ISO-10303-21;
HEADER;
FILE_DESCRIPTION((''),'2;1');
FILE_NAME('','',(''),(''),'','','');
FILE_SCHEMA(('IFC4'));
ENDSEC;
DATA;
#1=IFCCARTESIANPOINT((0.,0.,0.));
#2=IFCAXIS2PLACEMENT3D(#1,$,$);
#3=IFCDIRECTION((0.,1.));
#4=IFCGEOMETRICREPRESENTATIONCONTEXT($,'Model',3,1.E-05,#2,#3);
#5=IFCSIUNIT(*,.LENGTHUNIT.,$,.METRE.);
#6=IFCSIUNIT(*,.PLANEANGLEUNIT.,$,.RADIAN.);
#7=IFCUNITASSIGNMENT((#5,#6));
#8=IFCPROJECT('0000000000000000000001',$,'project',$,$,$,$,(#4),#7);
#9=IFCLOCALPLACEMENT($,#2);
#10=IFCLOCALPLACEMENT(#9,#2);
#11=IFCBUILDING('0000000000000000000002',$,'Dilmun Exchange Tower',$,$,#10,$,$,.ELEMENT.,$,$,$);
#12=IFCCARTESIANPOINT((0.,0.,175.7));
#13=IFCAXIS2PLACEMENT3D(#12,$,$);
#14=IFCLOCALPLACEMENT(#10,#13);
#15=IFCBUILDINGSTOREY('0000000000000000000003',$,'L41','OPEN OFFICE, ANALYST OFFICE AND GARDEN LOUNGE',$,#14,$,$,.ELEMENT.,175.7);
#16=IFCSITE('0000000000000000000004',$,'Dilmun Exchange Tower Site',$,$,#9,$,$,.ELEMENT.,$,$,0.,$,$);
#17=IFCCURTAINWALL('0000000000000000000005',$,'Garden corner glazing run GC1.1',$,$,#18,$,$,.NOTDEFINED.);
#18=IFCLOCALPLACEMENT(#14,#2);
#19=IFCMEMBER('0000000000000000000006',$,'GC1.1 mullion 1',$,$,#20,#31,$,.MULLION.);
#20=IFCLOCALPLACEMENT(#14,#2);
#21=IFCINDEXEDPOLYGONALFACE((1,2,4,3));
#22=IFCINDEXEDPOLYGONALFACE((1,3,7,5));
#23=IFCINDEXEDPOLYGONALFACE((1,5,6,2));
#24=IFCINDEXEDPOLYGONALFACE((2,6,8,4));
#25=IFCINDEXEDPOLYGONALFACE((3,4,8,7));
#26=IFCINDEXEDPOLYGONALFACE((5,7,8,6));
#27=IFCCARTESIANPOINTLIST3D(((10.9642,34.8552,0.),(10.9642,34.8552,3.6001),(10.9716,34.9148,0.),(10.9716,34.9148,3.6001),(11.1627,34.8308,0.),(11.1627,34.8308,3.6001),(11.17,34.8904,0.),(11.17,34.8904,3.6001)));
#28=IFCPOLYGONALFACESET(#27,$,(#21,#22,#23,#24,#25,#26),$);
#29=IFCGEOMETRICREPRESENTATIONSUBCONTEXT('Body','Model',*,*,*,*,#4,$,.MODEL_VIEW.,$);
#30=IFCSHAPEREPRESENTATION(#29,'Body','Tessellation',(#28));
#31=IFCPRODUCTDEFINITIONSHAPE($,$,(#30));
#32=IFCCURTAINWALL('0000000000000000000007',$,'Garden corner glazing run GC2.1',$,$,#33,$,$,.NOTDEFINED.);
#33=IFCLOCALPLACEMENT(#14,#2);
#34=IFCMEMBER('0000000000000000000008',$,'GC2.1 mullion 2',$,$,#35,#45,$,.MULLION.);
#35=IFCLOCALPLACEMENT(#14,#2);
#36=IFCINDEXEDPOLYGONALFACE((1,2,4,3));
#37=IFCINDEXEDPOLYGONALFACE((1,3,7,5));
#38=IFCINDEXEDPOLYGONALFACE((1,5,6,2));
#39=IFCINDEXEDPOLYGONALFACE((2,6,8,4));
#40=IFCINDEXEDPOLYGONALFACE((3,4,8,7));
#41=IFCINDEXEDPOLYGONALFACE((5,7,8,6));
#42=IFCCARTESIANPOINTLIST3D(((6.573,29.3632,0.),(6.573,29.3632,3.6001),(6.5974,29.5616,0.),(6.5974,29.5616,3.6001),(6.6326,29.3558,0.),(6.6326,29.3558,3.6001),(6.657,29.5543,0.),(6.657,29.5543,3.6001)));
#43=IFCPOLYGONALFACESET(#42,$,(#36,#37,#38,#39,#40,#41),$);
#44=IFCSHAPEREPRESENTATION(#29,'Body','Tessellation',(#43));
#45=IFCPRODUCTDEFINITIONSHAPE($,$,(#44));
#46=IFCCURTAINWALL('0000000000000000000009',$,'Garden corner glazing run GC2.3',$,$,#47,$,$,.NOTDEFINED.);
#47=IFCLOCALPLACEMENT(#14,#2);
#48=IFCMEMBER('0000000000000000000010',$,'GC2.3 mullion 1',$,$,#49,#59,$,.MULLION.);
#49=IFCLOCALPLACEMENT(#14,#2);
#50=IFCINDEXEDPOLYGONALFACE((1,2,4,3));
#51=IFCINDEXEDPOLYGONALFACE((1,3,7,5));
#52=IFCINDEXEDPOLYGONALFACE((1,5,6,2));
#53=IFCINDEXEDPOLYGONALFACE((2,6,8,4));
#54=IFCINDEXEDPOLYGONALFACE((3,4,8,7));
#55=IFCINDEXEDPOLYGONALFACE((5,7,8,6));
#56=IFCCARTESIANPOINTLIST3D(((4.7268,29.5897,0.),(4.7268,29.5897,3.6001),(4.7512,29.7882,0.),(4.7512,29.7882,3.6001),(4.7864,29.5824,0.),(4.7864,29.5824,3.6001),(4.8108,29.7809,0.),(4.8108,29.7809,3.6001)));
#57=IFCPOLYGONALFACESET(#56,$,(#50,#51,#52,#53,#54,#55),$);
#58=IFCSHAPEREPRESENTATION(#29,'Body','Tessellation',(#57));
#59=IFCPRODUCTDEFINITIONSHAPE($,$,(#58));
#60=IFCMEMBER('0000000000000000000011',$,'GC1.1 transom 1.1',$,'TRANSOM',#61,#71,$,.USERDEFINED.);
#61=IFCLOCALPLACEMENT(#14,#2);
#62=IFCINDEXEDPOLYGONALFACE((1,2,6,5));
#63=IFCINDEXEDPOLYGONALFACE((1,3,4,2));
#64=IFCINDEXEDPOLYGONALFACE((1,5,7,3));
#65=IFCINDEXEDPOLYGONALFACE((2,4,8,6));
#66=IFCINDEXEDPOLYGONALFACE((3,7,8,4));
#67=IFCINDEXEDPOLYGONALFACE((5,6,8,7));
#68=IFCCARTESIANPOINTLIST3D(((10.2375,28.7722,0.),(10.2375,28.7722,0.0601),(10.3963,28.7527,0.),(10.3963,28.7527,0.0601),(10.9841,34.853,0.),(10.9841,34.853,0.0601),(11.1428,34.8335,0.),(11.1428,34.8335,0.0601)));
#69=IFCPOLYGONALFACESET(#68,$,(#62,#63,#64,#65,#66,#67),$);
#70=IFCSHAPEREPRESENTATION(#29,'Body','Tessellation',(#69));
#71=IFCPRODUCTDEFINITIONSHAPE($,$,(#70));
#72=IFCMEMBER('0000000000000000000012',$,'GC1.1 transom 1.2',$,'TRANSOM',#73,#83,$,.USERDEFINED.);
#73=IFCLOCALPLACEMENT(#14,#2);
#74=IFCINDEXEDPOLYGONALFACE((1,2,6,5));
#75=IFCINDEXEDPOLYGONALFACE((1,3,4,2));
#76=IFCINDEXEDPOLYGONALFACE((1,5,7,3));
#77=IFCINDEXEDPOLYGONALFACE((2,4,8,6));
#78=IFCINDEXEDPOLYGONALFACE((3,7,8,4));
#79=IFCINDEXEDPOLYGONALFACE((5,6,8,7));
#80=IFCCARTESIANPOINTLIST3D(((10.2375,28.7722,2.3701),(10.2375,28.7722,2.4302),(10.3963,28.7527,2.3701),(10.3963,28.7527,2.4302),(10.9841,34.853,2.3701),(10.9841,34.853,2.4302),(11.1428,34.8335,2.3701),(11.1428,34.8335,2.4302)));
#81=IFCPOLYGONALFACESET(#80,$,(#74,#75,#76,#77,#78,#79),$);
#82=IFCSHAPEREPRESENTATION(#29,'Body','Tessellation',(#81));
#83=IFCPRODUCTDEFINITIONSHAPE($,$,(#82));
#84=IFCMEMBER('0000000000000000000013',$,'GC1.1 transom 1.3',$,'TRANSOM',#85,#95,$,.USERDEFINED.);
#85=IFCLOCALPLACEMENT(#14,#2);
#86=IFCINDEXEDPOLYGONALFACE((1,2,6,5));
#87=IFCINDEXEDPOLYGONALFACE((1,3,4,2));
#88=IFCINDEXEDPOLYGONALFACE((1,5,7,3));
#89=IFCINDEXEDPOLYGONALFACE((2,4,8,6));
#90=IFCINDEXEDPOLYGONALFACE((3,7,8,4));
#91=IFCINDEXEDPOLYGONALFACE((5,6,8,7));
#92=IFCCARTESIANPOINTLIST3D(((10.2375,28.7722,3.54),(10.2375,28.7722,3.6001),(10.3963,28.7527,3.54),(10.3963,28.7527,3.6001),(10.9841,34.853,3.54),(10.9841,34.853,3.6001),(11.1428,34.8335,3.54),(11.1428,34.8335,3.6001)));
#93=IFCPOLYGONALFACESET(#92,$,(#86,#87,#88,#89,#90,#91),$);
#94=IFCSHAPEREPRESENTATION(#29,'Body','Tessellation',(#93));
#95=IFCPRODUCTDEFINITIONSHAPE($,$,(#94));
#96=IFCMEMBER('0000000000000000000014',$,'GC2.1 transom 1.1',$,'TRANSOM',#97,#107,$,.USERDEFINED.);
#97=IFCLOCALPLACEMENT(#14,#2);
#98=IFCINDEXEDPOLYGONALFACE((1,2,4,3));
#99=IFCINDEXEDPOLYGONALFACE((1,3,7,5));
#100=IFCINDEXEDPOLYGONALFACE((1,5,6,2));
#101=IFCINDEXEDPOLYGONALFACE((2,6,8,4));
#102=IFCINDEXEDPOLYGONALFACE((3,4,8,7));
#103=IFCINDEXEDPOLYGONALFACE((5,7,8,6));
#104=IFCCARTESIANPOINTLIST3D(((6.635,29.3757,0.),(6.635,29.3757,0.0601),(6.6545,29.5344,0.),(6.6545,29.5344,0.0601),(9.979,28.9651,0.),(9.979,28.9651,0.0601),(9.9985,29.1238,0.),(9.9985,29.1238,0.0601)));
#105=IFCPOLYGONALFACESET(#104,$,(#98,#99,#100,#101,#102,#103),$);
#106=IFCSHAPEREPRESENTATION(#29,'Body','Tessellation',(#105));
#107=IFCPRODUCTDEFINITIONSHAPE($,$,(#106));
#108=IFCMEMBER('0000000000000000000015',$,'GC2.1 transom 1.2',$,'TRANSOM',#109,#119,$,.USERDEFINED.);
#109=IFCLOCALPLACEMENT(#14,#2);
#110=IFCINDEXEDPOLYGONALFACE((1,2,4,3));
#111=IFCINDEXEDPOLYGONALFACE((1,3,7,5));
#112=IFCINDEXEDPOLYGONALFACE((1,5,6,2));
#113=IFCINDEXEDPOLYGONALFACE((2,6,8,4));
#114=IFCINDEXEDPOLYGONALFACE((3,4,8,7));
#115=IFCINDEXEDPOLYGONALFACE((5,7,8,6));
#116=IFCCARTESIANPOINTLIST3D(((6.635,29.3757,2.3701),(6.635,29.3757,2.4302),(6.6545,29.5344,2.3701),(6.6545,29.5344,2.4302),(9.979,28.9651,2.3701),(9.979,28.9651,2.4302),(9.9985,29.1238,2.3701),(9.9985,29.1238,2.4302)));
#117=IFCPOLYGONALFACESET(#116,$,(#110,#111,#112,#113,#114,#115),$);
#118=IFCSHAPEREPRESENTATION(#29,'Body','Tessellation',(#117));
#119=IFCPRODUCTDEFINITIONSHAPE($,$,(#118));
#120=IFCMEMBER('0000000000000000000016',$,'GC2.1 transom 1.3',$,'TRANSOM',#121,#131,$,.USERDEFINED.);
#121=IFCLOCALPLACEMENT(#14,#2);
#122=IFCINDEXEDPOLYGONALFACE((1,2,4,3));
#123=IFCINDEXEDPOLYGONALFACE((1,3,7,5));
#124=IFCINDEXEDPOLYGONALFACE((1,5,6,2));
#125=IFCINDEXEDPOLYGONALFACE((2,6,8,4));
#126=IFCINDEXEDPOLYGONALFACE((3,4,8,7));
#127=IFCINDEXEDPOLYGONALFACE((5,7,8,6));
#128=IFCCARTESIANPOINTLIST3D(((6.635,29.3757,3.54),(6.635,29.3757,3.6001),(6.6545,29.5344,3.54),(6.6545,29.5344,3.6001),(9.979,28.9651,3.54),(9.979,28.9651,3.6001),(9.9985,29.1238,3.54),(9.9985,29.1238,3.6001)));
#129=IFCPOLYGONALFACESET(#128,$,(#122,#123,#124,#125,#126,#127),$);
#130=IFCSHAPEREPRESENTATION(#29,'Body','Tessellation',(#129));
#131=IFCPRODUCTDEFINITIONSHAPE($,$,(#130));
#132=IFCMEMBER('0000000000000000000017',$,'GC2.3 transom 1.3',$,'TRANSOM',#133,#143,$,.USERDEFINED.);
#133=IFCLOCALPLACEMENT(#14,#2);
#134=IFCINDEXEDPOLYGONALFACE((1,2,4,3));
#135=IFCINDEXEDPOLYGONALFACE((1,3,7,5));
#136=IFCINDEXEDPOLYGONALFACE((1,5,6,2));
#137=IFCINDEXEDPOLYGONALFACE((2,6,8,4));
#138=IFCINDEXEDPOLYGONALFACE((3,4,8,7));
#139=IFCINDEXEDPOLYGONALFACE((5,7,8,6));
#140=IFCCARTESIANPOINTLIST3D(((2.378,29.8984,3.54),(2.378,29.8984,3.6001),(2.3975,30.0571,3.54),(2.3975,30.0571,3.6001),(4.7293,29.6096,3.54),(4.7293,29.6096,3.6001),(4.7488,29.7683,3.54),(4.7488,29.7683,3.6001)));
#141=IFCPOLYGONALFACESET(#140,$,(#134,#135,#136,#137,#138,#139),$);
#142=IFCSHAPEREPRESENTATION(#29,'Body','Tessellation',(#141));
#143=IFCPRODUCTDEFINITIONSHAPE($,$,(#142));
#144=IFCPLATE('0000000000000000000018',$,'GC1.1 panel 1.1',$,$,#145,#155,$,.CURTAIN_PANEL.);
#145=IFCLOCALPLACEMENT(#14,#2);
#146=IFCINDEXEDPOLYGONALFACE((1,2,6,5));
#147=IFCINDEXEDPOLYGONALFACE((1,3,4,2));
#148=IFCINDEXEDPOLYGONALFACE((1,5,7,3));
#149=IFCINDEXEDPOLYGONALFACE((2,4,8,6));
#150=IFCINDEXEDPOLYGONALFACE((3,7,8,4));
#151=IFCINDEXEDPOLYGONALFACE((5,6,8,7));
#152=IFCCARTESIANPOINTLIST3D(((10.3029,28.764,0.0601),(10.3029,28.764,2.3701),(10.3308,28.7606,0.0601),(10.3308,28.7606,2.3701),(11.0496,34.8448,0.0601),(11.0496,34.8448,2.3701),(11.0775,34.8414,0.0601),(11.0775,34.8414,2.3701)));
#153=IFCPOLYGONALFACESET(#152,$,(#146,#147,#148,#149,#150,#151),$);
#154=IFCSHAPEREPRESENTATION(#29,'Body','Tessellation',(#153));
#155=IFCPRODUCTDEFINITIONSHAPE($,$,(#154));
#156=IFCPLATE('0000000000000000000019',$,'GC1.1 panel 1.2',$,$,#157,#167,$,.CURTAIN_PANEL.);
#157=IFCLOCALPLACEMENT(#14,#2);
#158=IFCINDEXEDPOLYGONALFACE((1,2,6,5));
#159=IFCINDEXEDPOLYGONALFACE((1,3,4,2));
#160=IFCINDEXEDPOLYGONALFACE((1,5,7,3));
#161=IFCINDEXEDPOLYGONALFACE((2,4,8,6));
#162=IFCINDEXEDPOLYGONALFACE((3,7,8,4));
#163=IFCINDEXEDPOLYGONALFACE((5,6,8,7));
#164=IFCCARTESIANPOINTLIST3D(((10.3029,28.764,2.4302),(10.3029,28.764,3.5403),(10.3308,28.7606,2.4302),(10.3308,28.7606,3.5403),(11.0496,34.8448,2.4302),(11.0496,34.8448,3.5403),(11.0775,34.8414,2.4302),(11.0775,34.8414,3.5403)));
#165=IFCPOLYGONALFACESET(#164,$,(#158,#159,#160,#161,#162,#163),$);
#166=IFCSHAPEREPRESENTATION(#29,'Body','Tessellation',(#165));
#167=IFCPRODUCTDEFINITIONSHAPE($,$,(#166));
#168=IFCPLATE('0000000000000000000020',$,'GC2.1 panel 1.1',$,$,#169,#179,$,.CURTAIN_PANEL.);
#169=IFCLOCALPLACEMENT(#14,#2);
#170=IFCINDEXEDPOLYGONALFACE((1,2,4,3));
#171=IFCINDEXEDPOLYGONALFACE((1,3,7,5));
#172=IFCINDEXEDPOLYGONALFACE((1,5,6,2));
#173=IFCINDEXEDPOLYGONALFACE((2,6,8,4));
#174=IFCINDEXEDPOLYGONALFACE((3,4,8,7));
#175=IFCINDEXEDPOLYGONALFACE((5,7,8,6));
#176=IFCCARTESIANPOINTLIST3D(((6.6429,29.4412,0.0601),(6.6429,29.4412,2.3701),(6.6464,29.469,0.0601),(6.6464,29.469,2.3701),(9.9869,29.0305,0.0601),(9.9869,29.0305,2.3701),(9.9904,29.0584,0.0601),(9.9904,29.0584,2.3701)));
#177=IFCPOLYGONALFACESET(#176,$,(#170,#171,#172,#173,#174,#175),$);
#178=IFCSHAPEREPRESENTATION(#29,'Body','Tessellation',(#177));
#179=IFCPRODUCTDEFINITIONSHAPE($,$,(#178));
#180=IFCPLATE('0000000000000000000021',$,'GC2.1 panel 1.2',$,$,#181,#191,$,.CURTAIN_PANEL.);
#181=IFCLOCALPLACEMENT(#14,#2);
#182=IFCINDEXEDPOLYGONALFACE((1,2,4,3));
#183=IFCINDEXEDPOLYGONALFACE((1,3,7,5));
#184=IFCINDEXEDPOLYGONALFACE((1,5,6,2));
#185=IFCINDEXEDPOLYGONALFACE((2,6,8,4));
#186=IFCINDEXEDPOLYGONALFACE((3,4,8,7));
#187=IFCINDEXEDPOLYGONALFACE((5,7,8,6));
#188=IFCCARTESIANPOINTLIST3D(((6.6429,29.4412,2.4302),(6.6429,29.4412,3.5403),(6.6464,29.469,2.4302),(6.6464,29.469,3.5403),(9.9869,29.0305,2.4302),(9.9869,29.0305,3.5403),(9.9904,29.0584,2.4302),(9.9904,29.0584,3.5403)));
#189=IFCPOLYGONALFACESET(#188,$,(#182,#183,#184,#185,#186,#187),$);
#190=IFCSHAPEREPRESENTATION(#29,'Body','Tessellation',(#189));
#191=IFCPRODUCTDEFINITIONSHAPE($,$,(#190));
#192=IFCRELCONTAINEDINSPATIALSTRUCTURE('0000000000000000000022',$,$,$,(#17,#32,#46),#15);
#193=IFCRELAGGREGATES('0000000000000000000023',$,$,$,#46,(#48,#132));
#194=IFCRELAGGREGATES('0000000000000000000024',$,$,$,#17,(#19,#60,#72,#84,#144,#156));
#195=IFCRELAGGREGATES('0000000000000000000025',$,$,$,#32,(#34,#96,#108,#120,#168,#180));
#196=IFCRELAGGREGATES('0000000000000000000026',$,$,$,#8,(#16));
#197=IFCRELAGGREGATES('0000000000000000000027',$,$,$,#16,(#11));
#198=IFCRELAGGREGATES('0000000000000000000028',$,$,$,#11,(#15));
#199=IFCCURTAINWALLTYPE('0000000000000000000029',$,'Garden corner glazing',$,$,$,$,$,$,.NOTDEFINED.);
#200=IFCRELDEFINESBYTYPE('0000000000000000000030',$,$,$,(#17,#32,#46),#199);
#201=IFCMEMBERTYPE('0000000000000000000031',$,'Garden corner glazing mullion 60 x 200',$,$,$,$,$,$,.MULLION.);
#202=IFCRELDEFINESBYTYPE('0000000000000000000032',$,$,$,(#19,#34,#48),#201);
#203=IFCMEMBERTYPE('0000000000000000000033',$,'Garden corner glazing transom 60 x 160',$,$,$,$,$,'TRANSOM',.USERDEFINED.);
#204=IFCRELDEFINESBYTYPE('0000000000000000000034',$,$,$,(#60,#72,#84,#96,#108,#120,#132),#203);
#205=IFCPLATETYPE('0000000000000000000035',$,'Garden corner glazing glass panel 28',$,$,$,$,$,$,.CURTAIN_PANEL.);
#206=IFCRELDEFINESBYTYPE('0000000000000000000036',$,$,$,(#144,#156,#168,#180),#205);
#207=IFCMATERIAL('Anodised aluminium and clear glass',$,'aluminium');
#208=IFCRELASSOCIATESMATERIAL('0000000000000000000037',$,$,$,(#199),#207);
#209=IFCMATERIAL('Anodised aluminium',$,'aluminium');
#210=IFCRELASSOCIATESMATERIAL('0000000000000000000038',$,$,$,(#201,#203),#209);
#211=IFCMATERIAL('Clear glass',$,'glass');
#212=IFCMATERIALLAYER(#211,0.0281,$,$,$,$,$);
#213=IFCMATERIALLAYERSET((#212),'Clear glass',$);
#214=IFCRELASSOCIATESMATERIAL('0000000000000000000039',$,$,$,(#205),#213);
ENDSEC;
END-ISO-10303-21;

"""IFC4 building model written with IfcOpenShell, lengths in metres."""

from ifc_helpers import new_model, si_unit, direction, frame, origin, origin_2d, place, context, subcontext, project, spatial, rectangle, extrude, material, layer, layer_set, material_profile, profile_set, type_object, element, aggregate, save


model = new_model("IFC4")

# Units and contexts
model_context = context("Model", 3, precision=1e-05, world=origin(), true_north=direction((0.0, 1.0)))
body_context = subcontext(model_context, "Body", "Model", "MODEL_VIEW")
ifc_project = project(units=[si_unit("LENGTHUNIT", "METRE"), si_unit("PLANEANGLEUNIT", "RADIAN")], contexts=[model_context])

# Site, building, storey
site_placement = place(None, origin())
site = spatial("IfcSite", under=ifc_project, at=site_placement, Name="Dilmun Exchange Tower Site", CompositionType="ELEMENT", RefElevation=0.0)
building_placement = place(site_placement, origin())
building = spatial("IfcBuilding", under=site, at=building_placement, Name="Dilmun Exchange Tower", CompositionType="ELEMENT")
storey_placement = place(building_placement, frame((0.0, 0.0, 175.7)))
storey = spatial("IfcBuildingStorey", under=building, at=storey_placement, Name="L41", Description="OPEN OFFICE, ANALYST OFFICE AND GARDEN LOUNGE", CompositionType="ELEMENT", Elevation=175.7)

# Curtain walls, members
ifc_material_1 = material(Name="Anodised aluminium and clear glass", Category="aluminium")
curtain_wall_type = type_object("IfcCurtainWallType", Name="Garden corner glazing", PredefinedType="NOTDEFINED", material=ifc_material_1)
curtain_wall_1_placement = place(storey_placement, origin())
curtain_wall_1 = element("IfcCurtainWall", 1, at=curtain_wall_1_placement, inside=storey, type_object=curtain_wall_type, Name="Garden corner glazing run GC1.1", PredefinedType="NOTDEFINED")
ifc_material_2 = material(Name="Anodised aluminium", Category="aluminium")
ifc_material_profile_1 = material_profile(ifc_material_2, rectangle(XDim=0.2, YDim=0.0601, at=origin_2d()), Name="AL 60x200")
ifc_profile_set_1 = profile_set([ifc_material_profile_1], Name="Anodised aluminium")
member_type_1 = type_object("IfcMemberType", Name="Garden corner glazing mullion 60 x 200", PredefinedType="MULLION", material=ifc_profile_set_1)
member_1_placement = place(storey_placement, frame((11.0671, 34.8728, 0.0), z_axis=(0.0, 0.0, 1.0), x_axis=(0.992545, -0.121877, 0.0)))
member_1 = element("IfcMember", 2, at=member_1_placement, type_object=member_type_1, Name="GC1.1 mullion 1", PredefinedType="MULLION", context=body_context, shape_type="SweptSolid", body=[
    extrude(rectangle(XDim=0.2, YDim=0.0601, at=origin_2d()), origin(), (0.0, 0.0, 1.0), 3.6001),
])
curtain_wall_2_placement = place(storey_placement, origin())
curtain_wall_2 = element("IfcCurtainWall", 3, at=curtain_wall_2_placement, inside=storey, type_object=curtain_wall_type, Name="Garden corner glazing run GC2.1", PredefinedType="NOTDEFINED")
member_2_placement = place(storey_placement, frame((6.615, 29.4587, 0.0), z_axis=(0.0, 0.0, 1.0), x_axis=(-0.121893, -0.992543, 0.0)))
member_2 = element("IfcMember", 4, at=member_2_placement, type_object=member_type_1, Name="GC2.1 mullion 2", PredefinedType="MULLION", context=body_context, shape_type="SweptSolid", body=[
    extrude(rectangle(XDim=0.2, YDim=0.0601, at=origin_2d()), origin(), (0.0, 0.0, 1.0), 3.6001),
])
curtain_wall_3_placement = place(storey_placement, origin())
curtain_wall_3 = element("IfcCurtainWall", 5, at=curtain_wall_3_placement, inside=storey, type_object=curtain_wall_type, Name="Garden corner glazing run GC2.3", PredefinedType="NOTDEFINED")
member_3_placement = place(storey_placement, frame((4.7688, 29.6853, 0.0), z_axis=(0.0, 0.0, 1.0), x_axis=(-0.121893, -0.992543, 0.0)))
member_3 = element("IfcMember", 6, at=member_3_placement, type_object=member_type_1, Name="GC2.3 mullion 1", PredefinedType="MULLION", context=body_context, shape_type="SweptSolid", body=[
    extrude(rectangle(XDim=0.2, YDim=0.0601, at=origin_2d()), origin(), (0.0, 0.0, 1.0), 3.6001),
])

# Members
ifc_material_profile_2 = material_profile(ifc_material_2, rectangle(XDim=0.1599, YDim=0.0601, at=origin_2d()), Name="AL 60x160")
ifc_profile_set_2 = profile_set([ifc_material_profile_2], Name="Anodised aluminium")
member_type_2 = type_object("IfcMemberType", Name="Garden corner glazing transom 60 x 160", ElementType="TRANSOM", PredefinedType="USERDEFINED", material=ifc_profile_set_2)
member_4_placement = place(storey_placement, frame((11.0635, 34.8433, 0.03), z_axis=(-0.121862, -0.992547, 0.0), x_axis=(0.992547, -0.121862, 0.0)))
member_4 = element("IfcMember", 7, at=member_4_placement, type_object=member_type_2, Name="GC1.1 transom 1.1", ObjectType="TRANSOM", PredefinedType="USERDEFINED", context=body_context, shape_type="SweptSolid", body=[
    extrude(rectangle(XDim=0.1599, YDim=0.0601, at=origin_2d()), origin(), (0.0, 0.0, 1.0), 6.1265),
])
member_5_placement = place(storey_placement, frame((11.0635, 34.8433, 2.4001), z_axis=(-0.121862, -0.992547, 0.0), x_axis=(0.992547, -0.121862, 0.0)))
member_5 = element("IfcMember", 8, at=member_5_placement, type_object=member_type_2, Name="GC1.1 transom 1.2", ObjectType="TRANSOM", PredefinedType="USERDEFINED", context=body_context, shape_type="SweptSolid", body=[
    extrude(rectangle(XDim=0.1599, YDim=0.0601, at=origin_2d()), origin(), (0.0, 0.0, 1.0), 6.1265),
])
member_6_placement = place(storey_placement, frame((11.0635, 34.8433, 3.5701), z_axis=(-0.121862, -0.992547, 0.0), x_axis=(0.992547, -0.121862, 0.0)))
member_6 = element("IfcMember", 9, at=member_6_placement, type_object=member_type_2, Name="GC1.1 transom 1.3", ObjectType="TRANSOM", PredefinedType="USERDEFINED", context=body_context, shape_type="SweptSolid", body=[
    extrude(rectangle(XDim=0.1599, YDim=0.0601, at=origin_2d()), origin(), (0.0, 0.0, 1.0), 6.1265),
])
member_7_placement = place(storey_placement, frame((9.9888, 29.0444, 0.03), z_axis=(-0.992544, 0.121885, 0.0), x_axis=(-0.121885, -0.992544, 0.0)))
member_7 = element("IfcMember", 10, at=member_7_placement, type_object=member_type_2, Name="GC2.1 transom 1.1", ObjectType="TRANSOM", PredefinedType="USERDEFINED", context=body_context, shape_type="SweptSolid", body=[
    extrude(rectangle(XDim=0.1599, YDim=0.0601, at=origin_2d()), origin(), (0.0, 0.0, 1.0), 3.3691),
])
member_8_placement = place(storey_placement, frame((9.9888, 29.0444, 2.4001), z_axis=(-0.992544, 0.121885, 0.0), x_axis=(-0.121885, -0.992544, 0.0)))
member_8 = element("IfcMember", 11, at=member_8_placement, type_object=member_type_2, Name="GC2.1 transom 1.2", ObjectType="TRANSOM", PredefinedType="USERDEFINED", context=body_context, shape_type="SweptSolid", body=[
    extrude(rectangle(XDim=0.1599, YDim=0.0601, at=origin_2d()), origin(), (0.0, 0.0, 1.0), 3.3691),
])
member_9_placement = place(storey_placement, frame((9.9888, 29.0444, 3.5701), z_axis=(-0.992544, 0.121885, 0.0), x_axis=(-0.121885, -0.992544, 0.0)))
member_9 = element("IfcMember", 12, at=member_9_placement, type_object=member_type_2, Name="GC2.1 transom 1.3", ObjectType="TRANSOM", PredefinedType="USERDEFINED", context=body_context, shape_type="SweptSolid", body=[
    extrude(rectangle(XDim=0.1599, YDim=0.0601, at=origin_2d()), origin(), (0.0, 0.0, 1.0), 3.3691),
])
member_10_placement = place(storey_placement, frame((4.739, 29.689, 3.5701), z_axis=(-0.99254, 0.121916, 0.0), x_axis=(-0.121916, -0.99254, 0.0)))
member_10 = element("IfcMember", 13, at=member_10_placement, type_object=member_type_2, Name="GC2.3 transom 1.3", ObjectType="TRANSOM", PredefinedType="USERDEFINED", context=body_context, shape_type="SweptSolid", body=[
    extrude(rectangle(XDim=0.1599, YDim=0.0601, at=origin_2d()), origin(), (0.0, 0.0, 1.0), 2.3689),
])
aggregate(curtain_wall_3, [member_3, member_10])

# Plates
ifc_material_3 = material(Name="Clear glass", Category="glass")
ifc_layer_1 = layer(ifc_material_3, 0.0281)
ifc_layer_set_1 = layer_set([ifc_layer_1], Name="Clear glass")
plate_type = type_object("IfcPlateType", Name="Garden corner glazing glass panel 28", PredefinedType="CURTAIN_PANEL", material=ifc_layer_set_1)
plate_1_placement = place(storey_placement, frame((10.6902, 31.8027, 0.0601), z_axis=(0.0, 0.0, 1.0), x_axis=(-0.121877, -0.992545, 0.0)))
plate_1 = element("IfcPlate", 14, at=plate_1_placement, type_object=plate_type, Name="GC1.1 panel 1.1", PredefinedType="CURTAIN_PANEL", context=body_context, shape_type="SweptSolid", body=[
    extrude(rectangle(XDim=6.1265, YDim=0.0281, at=origin_2d()), origin(), (0.0, 0.0, 1.0), 2.3101),
])
plate_2_placement = place(storey_placement, frame((10.6902, 31.8027, 2.4302), z_axis=(0.0, 0.0, 1.0), x_axis=(-0.121877, -0.992545, 0.0)))
plate_2 = element("IfcPlate", 15, at=plate_2_placement, type_object=plate_type, Name="GC1.1 panel 1.2", PredefinedType="CURTAIN_PANEL", context=body_context, shape_type="SweptSolid", body=[
    extrude(rectangle(XDim=6.1265, YDim=0.0281, at=origin_2d()), origin(), (0.0, 0.0, 1.0), 1.1101),
])
aggregate(curtain_wall_1, [member_1, member_4, member_5, member_6, plate_1, plate_2])
plate_3_placement = place(storey_placement, frame((8.3167, 29.2498, 0.0601), z_axis=(0.0, 0.0, 1.0), x_axis=(-0.992543, 0.121893, 0.0)))
plate_3 = element("IfcPlate", 16, at=plate_3_placement, type_object=plate_type, Name="GC2.1 panel 1.1", PredefinedType="CURTAIN_PANEL", context=body_context, shape_type="SweptSolid", body=[
    extrude(rectangle(XDim=3.3691, YDim=0.0281, at=origin_2d()), origin(), (0.0, 0.0, 1.0), 2.3101),
])
plate_4_placement = place(storey_placement, frame((8.3167, 29.2498, 2.4302), z_axis=(0.0, 0.0, 1.0), x_axis=(-0.992543, 0.121893, 0.0)))
plate_4 = element("IfcPlate", 17, at=plate_4_placement, type_object=plate_type, Name="GC2.1 panel 1.2", PredefinedType="CURTAIN_PANEL", context=body_context, shape_type="SweptSolid", body=[
    extrude(rectangle(XDim=3.3691, YDim=0.0281, at=origin_2d()), origin(), (0.0, 0.0, 1.0), 1.1101),
])
aggregate(curtain_wall_2, [member_2, member_7, member_8, member_9, plate_3, plate_4])

save(model, "model.ifc")
